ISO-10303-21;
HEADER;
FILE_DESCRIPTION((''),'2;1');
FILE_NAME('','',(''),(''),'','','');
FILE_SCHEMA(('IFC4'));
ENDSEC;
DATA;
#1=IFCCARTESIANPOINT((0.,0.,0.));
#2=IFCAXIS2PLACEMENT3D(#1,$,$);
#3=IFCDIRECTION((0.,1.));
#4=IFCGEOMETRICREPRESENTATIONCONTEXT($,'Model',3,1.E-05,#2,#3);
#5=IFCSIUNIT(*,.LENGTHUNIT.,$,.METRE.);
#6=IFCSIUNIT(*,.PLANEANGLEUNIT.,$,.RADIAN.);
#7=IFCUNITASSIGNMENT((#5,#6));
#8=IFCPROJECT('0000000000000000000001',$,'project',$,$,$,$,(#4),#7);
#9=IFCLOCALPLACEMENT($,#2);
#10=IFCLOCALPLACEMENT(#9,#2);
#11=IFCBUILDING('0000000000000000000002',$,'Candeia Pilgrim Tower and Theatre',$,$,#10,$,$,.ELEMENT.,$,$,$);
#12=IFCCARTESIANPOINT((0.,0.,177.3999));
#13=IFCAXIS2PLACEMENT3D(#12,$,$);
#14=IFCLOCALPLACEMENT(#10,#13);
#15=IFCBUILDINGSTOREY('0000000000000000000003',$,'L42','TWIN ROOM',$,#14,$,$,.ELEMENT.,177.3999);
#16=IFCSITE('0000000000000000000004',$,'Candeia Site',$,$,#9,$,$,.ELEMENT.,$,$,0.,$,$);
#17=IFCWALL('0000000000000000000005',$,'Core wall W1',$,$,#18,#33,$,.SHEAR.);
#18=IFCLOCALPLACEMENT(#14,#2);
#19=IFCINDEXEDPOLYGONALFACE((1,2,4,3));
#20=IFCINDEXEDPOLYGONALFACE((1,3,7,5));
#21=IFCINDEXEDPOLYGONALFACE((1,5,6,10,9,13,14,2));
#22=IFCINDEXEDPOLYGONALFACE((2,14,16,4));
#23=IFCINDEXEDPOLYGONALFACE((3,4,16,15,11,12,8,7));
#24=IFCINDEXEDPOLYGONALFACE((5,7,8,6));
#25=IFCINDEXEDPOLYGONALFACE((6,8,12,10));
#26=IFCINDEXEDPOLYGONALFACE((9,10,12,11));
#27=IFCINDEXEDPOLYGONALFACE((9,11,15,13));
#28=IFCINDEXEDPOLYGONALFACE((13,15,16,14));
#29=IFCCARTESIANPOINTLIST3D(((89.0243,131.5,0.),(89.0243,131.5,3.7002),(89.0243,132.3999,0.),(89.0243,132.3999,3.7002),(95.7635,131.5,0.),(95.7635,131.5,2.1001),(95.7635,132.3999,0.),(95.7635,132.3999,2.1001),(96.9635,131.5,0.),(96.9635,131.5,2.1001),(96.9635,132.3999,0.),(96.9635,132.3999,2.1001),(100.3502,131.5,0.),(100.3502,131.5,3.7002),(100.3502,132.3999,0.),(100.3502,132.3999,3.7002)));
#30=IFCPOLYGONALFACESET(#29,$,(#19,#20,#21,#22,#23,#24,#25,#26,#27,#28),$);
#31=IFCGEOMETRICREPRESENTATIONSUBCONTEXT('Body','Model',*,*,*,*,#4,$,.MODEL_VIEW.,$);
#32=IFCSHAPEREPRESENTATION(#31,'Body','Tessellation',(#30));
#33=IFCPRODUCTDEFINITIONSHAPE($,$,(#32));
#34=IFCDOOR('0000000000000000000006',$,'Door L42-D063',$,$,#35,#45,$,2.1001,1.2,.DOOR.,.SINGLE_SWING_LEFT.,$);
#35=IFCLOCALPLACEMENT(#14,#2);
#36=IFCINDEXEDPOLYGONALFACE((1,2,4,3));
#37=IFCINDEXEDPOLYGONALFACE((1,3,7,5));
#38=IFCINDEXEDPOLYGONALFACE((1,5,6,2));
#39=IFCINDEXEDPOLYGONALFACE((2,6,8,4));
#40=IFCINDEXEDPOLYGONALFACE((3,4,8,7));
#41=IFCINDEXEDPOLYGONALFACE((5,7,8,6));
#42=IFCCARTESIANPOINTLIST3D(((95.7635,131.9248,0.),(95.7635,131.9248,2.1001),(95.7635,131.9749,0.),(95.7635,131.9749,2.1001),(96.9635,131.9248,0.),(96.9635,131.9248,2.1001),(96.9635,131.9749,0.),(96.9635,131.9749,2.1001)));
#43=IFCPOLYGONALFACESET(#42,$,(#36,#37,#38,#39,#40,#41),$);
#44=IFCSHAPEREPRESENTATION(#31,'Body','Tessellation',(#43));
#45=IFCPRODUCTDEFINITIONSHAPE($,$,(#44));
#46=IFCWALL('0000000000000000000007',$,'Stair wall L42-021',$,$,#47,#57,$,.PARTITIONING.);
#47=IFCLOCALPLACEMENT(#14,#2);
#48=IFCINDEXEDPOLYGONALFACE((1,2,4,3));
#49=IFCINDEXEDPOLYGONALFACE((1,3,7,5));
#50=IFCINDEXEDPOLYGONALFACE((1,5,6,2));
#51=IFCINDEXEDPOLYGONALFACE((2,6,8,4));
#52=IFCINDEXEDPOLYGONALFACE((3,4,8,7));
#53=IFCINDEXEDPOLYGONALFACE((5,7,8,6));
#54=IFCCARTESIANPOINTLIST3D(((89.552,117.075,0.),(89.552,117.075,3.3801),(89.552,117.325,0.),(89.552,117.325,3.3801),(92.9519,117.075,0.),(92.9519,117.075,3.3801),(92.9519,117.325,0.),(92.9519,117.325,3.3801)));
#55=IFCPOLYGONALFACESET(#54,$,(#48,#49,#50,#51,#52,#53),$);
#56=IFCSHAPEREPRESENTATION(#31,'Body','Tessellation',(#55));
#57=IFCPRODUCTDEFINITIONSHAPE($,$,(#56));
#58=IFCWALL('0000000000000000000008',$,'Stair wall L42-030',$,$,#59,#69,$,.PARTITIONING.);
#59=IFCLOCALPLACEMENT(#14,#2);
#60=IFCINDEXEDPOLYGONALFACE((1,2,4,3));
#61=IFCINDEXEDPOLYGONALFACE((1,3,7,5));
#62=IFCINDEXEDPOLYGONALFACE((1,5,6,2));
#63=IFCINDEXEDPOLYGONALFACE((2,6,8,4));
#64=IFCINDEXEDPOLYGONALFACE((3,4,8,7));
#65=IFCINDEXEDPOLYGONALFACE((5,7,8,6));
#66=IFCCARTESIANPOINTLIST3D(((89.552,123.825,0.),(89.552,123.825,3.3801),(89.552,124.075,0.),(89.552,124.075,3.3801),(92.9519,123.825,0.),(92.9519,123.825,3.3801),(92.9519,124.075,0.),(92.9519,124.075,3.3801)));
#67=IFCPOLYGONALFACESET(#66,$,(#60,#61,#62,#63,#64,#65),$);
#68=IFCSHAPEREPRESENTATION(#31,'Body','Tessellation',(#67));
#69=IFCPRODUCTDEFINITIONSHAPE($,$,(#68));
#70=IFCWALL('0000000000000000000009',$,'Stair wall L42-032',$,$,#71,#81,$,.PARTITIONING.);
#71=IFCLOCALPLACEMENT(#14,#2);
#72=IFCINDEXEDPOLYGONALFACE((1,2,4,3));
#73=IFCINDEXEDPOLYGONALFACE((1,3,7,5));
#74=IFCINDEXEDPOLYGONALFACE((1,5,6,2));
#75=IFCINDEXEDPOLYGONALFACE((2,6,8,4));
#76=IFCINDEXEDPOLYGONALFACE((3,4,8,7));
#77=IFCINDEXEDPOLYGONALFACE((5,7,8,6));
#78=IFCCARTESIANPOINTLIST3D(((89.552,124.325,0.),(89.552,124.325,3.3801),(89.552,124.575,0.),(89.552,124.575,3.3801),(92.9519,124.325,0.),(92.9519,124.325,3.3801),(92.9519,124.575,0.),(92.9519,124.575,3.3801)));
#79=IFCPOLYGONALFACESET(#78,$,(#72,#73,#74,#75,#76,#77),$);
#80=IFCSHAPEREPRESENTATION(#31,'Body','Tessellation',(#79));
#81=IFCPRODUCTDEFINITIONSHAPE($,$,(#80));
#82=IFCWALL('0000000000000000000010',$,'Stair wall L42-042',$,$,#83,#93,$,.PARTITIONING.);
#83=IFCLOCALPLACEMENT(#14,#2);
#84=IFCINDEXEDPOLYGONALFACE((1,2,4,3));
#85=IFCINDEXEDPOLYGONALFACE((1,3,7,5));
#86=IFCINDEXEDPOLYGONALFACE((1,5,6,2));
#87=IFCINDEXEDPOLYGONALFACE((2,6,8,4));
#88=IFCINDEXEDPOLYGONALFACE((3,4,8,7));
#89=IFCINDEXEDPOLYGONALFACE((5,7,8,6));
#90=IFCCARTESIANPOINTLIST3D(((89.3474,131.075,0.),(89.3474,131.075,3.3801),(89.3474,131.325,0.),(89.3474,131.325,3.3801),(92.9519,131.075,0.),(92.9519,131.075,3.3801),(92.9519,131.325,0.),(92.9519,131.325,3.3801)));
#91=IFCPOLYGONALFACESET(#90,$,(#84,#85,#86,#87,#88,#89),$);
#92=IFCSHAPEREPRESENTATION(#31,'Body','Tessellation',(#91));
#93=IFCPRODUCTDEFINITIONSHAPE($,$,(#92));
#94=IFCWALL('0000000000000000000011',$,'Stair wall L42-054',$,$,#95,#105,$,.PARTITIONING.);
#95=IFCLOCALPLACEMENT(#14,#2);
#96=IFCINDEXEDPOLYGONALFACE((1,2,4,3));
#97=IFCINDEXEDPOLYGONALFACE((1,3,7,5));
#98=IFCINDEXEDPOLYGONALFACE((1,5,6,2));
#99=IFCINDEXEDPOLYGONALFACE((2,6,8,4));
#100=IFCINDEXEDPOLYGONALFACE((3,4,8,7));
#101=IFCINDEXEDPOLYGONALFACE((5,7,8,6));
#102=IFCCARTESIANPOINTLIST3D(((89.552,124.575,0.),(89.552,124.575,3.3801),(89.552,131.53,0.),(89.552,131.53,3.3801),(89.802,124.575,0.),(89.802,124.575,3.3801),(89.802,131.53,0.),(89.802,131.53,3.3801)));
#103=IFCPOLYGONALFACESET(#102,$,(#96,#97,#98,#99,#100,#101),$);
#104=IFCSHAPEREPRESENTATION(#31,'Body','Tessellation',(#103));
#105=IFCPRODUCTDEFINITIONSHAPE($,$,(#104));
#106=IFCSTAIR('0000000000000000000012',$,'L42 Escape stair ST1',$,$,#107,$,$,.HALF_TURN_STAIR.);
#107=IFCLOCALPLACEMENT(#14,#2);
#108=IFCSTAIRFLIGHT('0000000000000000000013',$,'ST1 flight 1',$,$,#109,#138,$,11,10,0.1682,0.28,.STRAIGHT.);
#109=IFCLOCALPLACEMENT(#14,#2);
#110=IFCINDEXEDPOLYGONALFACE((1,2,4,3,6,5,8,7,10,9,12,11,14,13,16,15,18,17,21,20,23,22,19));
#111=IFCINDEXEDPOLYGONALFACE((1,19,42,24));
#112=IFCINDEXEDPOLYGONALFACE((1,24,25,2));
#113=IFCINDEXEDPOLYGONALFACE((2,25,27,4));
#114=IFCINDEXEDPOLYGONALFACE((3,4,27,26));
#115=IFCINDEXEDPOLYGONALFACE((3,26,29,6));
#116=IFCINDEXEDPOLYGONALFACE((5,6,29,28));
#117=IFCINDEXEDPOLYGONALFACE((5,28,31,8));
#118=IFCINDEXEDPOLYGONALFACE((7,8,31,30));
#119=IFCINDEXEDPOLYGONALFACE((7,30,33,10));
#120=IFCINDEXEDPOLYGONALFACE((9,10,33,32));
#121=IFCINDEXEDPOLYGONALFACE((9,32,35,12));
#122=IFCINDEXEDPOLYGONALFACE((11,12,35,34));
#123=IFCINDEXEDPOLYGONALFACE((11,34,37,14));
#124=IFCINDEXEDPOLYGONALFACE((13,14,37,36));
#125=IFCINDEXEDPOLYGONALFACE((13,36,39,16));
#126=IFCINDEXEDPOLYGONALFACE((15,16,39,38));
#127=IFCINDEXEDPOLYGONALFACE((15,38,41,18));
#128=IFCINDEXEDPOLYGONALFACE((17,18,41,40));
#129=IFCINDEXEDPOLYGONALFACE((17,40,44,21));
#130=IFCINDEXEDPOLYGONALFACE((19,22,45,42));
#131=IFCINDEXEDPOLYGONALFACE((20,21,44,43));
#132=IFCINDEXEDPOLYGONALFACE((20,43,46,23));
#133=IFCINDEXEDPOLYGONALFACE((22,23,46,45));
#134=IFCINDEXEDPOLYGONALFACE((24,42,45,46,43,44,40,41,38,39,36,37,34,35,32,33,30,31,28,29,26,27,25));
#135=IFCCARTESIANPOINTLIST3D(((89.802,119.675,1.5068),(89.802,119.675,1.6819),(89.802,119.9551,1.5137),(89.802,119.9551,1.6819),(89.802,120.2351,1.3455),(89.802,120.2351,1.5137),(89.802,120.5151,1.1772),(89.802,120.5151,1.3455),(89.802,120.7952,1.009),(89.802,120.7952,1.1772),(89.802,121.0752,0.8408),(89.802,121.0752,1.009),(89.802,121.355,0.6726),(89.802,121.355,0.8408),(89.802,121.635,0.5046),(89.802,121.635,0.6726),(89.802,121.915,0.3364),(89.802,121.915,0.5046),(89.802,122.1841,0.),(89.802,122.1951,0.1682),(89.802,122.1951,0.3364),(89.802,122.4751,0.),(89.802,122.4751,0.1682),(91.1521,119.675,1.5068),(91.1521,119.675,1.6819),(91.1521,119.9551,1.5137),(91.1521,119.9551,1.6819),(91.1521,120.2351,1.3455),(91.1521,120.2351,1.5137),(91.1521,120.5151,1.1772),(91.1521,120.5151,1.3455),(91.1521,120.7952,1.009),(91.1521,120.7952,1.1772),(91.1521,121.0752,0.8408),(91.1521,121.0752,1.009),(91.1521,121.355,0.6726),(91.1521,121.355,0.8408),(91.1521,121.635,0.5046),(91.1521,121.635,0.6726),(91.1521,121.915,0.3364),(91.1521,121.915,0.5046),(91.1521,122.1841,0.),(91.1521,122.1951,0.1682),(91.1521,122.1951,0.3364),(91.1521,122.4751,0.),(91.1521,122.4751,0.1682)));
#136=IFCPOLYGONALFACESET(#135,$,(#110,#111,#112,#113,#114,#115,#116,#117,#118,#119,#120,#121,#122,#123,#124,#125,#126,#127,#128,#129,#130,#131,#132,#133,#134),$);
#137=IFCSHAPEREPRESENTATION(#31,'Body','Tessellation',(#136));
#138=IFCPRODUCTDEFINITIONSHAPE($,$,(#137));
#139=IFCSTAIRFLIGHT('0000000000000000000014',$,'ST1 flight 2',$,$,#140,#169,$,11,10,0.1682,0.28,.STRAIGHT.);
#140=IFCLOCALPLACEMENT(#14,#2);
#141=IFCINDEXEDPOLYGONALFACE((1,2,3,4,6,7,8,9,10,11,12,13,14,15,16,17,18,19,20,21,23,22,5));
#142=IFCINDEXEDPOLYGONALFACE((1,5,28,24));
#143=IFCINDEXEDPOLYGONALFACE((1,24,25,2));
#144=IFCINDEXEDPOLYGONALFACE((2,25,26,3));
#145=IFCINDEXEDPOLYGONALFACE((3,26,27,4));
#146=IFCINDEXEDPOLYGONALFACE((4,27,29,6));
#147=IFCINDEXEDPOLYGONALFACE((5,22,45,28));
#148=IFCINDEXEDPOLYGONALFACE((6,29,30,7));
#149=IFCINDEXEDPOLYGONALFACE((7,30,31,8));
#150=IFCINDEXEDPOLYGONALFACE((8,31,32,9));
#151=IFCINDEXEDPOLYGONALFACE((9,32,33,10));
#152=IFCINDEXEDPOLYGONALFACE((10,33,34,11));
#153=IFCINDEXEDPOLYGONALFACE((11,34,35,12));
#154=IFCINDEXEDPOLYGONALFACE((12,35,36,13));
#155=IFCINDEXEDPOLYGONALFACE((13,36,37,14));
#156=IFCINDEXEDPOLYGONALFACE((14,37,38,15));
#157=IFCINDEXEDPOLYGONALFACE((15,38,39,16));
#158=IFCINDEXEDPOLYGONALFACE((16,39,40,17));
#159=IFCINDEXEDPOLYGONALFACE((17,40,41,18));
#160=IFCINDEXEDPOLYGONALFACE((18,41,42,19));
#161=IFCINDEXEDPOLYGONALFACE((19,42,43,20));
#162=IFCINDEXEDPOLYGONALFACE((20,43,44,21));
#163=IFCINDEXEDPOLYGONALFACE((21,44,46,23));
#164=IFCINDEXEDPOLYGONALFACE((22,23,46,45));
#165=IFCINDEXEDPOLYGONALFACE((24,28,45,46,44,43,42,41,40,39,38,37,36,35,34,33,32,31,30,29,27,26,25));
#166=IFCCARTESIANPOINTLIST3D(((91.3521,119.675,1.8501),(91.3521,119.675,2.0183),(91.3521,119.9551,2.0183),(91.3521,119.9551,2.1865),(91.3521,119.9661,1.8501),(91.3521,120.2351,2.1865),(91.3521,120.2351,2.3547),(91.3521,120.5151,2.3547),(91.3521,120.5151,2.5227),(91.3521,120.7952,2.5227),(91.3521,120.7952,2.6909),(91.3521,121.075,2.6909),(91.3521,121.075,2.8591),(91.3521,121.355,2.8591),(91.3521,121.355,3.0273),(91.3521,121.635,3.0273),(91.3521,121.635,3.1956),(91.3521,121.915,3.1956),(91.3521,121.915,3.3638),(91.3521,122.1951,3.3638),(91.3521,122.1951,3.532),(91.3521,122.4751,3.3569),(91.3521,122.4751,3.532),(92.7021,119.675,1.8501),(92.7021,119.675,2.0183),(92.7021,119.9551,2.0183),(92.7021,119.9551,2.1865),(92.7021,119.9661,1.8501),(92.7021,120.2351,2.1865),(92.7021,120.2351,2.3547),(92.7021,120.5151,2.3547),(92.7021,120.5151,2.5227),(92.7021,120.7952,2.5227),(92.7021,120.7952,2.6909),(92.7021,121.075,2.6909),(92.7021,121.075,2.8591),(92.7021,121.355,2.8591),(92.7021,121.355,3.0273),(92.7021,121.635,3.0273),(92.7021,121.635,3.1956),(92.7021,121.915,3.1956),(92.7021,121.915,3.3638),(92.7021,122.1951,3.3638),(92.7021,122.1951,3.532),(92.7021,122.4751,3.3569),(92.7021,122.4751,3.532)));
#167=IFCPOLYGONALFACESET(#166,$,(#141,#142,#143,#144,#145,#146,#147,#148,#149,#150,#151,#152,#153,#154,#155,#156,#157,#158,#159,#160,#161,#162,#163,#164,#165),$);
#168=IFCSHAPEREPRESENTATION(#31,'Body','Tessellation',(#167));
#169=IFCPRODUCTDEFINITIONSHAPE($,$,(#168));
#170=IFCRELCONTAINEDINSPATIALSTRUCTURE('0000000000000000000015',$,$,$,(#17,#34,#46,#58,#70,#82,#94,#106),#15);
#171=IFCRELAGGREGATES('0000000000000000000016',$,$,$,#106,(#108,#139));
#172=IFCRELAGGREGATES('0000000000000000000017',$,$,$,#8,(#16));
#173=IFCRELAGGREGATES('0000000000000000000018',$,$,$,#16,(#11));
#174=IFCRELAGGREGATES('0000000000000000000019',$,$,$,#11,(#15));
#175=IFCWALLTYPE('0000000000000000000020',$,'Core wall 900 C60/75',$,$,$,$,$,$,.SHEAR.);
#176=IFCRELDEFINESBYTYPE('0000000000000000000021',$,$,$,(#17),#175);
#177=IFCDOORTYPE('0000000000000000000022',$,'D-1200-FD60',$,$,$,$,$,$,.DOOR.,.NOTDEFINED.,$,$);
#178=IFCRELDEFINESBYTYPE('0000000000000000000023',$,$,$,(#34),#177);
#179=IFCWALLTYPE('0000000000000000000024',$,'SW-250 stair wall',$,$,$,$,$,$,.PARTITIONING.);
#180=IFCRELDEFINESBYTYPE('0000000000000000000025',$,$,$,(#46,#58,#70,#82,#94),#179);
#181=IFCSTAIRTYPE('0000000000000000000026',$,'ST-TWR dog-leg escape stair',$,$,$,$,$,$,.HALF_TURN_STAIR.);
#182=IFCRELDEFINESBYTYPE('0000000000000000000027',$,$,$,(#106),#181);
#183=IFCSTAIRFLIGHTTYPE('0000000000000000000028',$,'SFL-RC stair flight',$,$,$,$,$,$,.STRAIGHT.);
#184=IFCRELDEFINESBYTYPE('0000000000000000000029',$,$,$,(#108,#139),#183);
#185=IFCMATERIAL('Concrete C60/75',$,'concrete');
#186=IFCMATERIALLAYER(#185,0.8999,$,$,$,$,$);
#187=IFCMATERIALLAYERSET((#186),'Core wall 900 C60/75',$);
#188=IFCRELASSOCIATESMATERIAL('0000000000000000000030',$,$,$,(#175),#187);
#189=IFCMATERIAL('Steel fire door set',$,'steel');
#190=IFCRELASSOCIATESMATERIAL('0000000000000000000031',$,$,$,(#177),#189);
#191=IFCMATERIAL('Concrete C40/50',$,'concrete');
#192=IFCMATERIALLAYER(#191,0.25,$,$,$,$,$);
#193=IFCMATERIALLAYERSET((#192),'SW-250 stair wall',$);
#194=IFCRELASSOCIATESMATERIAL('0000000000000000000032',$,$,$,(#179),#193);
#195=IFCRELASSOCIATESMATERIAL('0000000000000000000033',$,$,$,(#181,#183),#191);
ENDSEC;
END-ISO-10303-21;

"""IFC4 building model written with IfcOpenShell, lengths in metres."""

from ifc_helpers import new_model, si_unit, direction, frame, frame_2d, origin, place, context, subcontext, project, spatial, polyline, rectangle, outline, extrude, material, layer, layer_set, type_object, element, fill, aggregate, save


model = new_model("IFC4")

# Units and contexts
model_context = context("Model", 3, precision=1e-05, world=origin(), true_north=direction((0.0, 1.0)))
body_context = subcontext(model_context, "Body", "Model", "MODEL_VIEW")
ifc_project = project(units=[si_unit("LENGTHUNIT", "METRE"), si_unit("PLANEANGLEUNIT", "RADIAN")], contexts=[model_context])

# Site, building, storey
site_placement = place(None, origin())
site = spatial("IfcSite", under=ifc_project, at=site_placement, Name="Candeia Site", CompositionType="ELEMENT", RefElevation=0.0)
building_placement = place(site_placement, origin())
building = spatial("IfcBuilding", under=site, at=building_placement, Name="Candeia Pilgrim Tower and Theatre", CompositionType="ELEMENT")
storey_placement = place(building_placement, frame((0.0, 0.0, 177.3999)))
storey = spatial("IfcBuildingStorey", under=building, at=storey_placement, Name="L42", Description="TWIN ROOM", CompositionType="ELEMENT", Elevation=177.3999)

# Wall, opening, door
ifc_material_1 = material(Name="Concrete C60/75", Category="concrete")
ifc_layer_1 = layer(ifc_material_1, 0.8999)
ifc_layer_set_1 = layer_set([ifc_layer_1], Name="Core wall 900 C60/75")
wall_type_1 = type_object("IfcWallType", Name="Core wall 900 C60/75", PredefinedType="SHEAR", material=ifc_layer_set_1)
wall_1_placement = place(storey_placement, frame((89.0242, 131.95, 0.0), z_axis=(0.0, 0.0, 1.0), x_axis=(1.0, 0.0, 0.0)))
wall_1 = element("IfcWall", 1, at=wall_1_placement, inside=storey, type_object=wall_type_1, Name="Core wall W1", PredefinedType="SHEAR", context=body_context, shape_type="SweptSolid", body=[
    extrude(rectangle(XDim=11.3259, YDim=0.8999, at=frame_2d((5.6631, 0.0))), origin(), (0.0, 0.0, 1.0), 3.7002),
])
opening_placement = place(wall_1_placement, frame((6.7393, 0.0, 0.0)))
opening = element("IfcOpeningElement", 2, at=opening_placement, cuts=wall_1, PredefinedType="OPENING", context=body_context, shape_type="SweptSolid", body=[
    extrude(rectangle(XDim=1.2, YDim=2.1001, at=frame_2d((0.6001, 1.05))), frame((0.0, 0.46, 0.0), z_axis=(0.0, -1.0, 0.0), x_axis=(1.0, 0.0, 0.0)), (0.0, 0.0, 1.0), 0.9199),
])
ifc_material_2 = material(Name="Steel fire door set", Category="steel")
door_type = type_object("IfcDoorType", Name="D-1200-FD60", OperationType="NOTDEFINED", PredefinedType="DOOR", material=ifc_material_2)
door_placement = place(opening_placement, origin())
door = element("IfcDoor", 3, at=door_placement, inside=storey, type_object=door_type, Name="Door L42-D063", OperationType="SINGLE_SWING_LEFT", OverallHeight=2.1001, OverallWidth=1.2, PredefinedType="DOOR", context=body_context, shape_type="SweptSolid", body=[
    extrude(rectangle(XDim=1.2, YDim=2.1001, at=frame_2d((0.6001, 1.05))), frame((0.0, 0.0249, 0.0), z_axis=(0.0, -1.0, 0.0), x_axis=(1.0, 0.0, 0.0)), (0.0, 0.0, 1.0), 0.05),
])
fill(opening, door)

# Walls
ifc_material_3 = material(Name="Concrete C40/50", Category="concrete")
ifc_layer_2 = layer(ifc_material_3, 0.25)
ifc_layer_set_2 = layer_set([ifc_layer_2], Name="SW-250 stair wall")
wall_type_2 = type_object("IfcWallType", Name="SW-250 stair wall", PredefinedType="PARTITIONING", material=ifc_layer_set_2)
for number, where, z_axis, x_axis, name in (
    (4, (89.552, 117.2, 0.0), (0.0, 0.0, 1.0), (1.0, 0.0, 0.0), "Stair wall L42-021"),
    (5, (89.552, 123.95, 0.0), (0.0, 0.0, 1.0), (1.0, 0.0, 0.0), "Stair wall L42-030"),
    (6, (89.552, 124.45, 0.0), (0.0, 0.0, 1.0), (1.0, 0.0, 0.0), "Stair wall L42-032"),
):
    element("IfcWall", number, at=place(storey_placement, frame(where, z_axis=z_axis, x_axis=x_axis)), inside=storey, type_object=wall_type_2, Name=name, PredefinedType="PARTITIONING", context=body_context, shape_type="SweptSolid", body=[
        extrude(rectangle(XDim=3.3999, YDim=0.25, at=frame_2d((1.7, 0.0))), origin(), (0.0, 0.0, 1.0), 3.3801),
    ])
wall_2_placement = place(storey_placement, frame((89.3474, 131.2, 0.0), z_axis=(0.0, 0.0, 1.0), x_axis=(1.0, 0.0, 0.0)))
element("IfcWall", 7, at=wall_2_placement, inside=storey, type_object=wall_type_2, Name="Stair wall L42-042", PredefinedType="PARTITIONING", context=body_context, shape_type="SweptSolid", body=[
    extrude(rectangle(XDim=3.6045, YDim=0.25, at=frame_2d((1.8022, 0.0))), origin(), (0.0, 0.0, 1.0), 3.3801),
])
wall_3_placement = place(storey_placement, frame((89.677, 124.575, 0.0), z_axis=(0.0, 0.0, 1.0), x_axis=(0.0, 1.0, 0.0)))
element("IfcWall", 8, at=wall_3_placement, inside=storey, type_object=wall_type_2, Name="Stair wall L42-054", PredefinedType="PARTITIONING", context=body_context, shape_type="SweptSolid", body=[
    extrude(rectangle(XDim=6.9551, YDim=0.25, at=frame_2d((3.4775, 0.0))), origin(), (0.0, 0.0, 1.0), 3.3801),
])

# Stair, stair flights
stair_type = type_object("IfcStairType", Name="ST-TWR dog-leg escape stair", PredefinedType="HALF_TURN_STAIR", material=ifc_material_3)
stair_1_placement = place(storey_placement, origin())
stair_1 = element("IfcStair", 9, at=stair_1_placement, inside=storey, type_object=stair_type, Name="L42 Escape stair ST1", PredefinedType="HALF_TURN_STAIR")
stair_flight_type = type_object("IfcStairFlightType", Name="SFL-RC stair flight", PredefinedType="STRAIGHT", material=ifc_material_3)
stair_flight_1_placement = place(storey_placement, frame((90.4771, 122.4751, 0.0), z_axis=(0.0, 0.0, 1.0), x_axis=(0.0, -1.0, 0.0)))
stair_flight_1 = element("IfcStairFlight", 10, at=stair_flight_1_placement, type_object=stair_flight_type, Name="ST1 flight 1", NumberOfRisers=11, NumberOfTreads=10, PredefinedType="STRAIGHT", RiserHeight=0.1682, TreadLength=0.28, context=body_context, shape_type="SweptSolid", body=[
    extrude(outline(polyline([(0.0, 0.0), (0.0, 0.1682), (0.28, 0.1682), (0.28, 0.3364), (0.5601, 0.3364), (0.5601, 0.5046), (0.8401, 0.5046), (0.8401, 0.6726), (1.1201, 0.6726), (1.1201, 0.8408), (1.3999, 0.8408), (1.3999, 1.009), (1.6799, 1.009), (1.6799, 1.1772), (1.96, 1.1772), (1.96, 1.3455), (2.24, 1.3455), (2.24, 1.5137), (2.52, 1.5137), (2.52, 1.6819), (2.8, 1.6819), (2.8, 1.8501), (2.8, 1.5068), (0.291, 0.0), (0.0, 0.0)])), frame((0.0, 0.675, 0.0), z_axis=(0.0, -1.0, 0.0), x_axis=(1.0, 0.0, 0.0)), (0.0, 0.0, 1.0), 1.3501),
])
stair_flight_2_placement = place(storey_placement, frame((92.0271, 119.675, 1.8501), z_axis=(0.0, 0.0, 1.0), x_axis=(0.0, 1.0, 0.0)))
stair_flight_2 = element("IfcStairFlight", 11, at=stair_flight_2_placement, type_object=stair_flight_type, Name="ST1 flight 2", NumberOfRisers=11, NumberOfTreads=10, PredefinedType="STRAIGHT", RiserHeight=0.1682, TreadLength=0.28, context=body_context, shape_type="SweptSolid", body=[
    extrude(outline(polyline([(0.0, 0.0), (0.0, 0.1682), (0.28, 0.1682), (0.28, 0.3364), (0.5601, 0.3364), (0.5601, 0.5046), (0.8401, 0.5046), (0.8401, 0.6726), (1.1201, 0.6726), (1.1201, 0.8408), (1.3999, 0.8408), (1.3999, 1.009), (1.6799, 1.009), (1.6799, 1.1772), (1.96, 1.1772), (1.96, 1.3455), (2.24, 1.3455), (2.24, 1.5137), (2.52, 1.5137), (2.52, 1.6819), (2.8, 1.6819), (2.8, 1.8501), (2.8, 1.5068), (0.291, 0.0), (0.0, 0.0)])), frame((0.0, 0.675, 0.0), z_axis=(0.0, -1.0, 0.0), x_axis=(1.0, 0.0, 0.0)), (0.0, 0.0, 1.0), 1.3501),
])
aggregate(stair_1, [stair_flight_1, stair_flight_2])

save(model, "model.ifc")
